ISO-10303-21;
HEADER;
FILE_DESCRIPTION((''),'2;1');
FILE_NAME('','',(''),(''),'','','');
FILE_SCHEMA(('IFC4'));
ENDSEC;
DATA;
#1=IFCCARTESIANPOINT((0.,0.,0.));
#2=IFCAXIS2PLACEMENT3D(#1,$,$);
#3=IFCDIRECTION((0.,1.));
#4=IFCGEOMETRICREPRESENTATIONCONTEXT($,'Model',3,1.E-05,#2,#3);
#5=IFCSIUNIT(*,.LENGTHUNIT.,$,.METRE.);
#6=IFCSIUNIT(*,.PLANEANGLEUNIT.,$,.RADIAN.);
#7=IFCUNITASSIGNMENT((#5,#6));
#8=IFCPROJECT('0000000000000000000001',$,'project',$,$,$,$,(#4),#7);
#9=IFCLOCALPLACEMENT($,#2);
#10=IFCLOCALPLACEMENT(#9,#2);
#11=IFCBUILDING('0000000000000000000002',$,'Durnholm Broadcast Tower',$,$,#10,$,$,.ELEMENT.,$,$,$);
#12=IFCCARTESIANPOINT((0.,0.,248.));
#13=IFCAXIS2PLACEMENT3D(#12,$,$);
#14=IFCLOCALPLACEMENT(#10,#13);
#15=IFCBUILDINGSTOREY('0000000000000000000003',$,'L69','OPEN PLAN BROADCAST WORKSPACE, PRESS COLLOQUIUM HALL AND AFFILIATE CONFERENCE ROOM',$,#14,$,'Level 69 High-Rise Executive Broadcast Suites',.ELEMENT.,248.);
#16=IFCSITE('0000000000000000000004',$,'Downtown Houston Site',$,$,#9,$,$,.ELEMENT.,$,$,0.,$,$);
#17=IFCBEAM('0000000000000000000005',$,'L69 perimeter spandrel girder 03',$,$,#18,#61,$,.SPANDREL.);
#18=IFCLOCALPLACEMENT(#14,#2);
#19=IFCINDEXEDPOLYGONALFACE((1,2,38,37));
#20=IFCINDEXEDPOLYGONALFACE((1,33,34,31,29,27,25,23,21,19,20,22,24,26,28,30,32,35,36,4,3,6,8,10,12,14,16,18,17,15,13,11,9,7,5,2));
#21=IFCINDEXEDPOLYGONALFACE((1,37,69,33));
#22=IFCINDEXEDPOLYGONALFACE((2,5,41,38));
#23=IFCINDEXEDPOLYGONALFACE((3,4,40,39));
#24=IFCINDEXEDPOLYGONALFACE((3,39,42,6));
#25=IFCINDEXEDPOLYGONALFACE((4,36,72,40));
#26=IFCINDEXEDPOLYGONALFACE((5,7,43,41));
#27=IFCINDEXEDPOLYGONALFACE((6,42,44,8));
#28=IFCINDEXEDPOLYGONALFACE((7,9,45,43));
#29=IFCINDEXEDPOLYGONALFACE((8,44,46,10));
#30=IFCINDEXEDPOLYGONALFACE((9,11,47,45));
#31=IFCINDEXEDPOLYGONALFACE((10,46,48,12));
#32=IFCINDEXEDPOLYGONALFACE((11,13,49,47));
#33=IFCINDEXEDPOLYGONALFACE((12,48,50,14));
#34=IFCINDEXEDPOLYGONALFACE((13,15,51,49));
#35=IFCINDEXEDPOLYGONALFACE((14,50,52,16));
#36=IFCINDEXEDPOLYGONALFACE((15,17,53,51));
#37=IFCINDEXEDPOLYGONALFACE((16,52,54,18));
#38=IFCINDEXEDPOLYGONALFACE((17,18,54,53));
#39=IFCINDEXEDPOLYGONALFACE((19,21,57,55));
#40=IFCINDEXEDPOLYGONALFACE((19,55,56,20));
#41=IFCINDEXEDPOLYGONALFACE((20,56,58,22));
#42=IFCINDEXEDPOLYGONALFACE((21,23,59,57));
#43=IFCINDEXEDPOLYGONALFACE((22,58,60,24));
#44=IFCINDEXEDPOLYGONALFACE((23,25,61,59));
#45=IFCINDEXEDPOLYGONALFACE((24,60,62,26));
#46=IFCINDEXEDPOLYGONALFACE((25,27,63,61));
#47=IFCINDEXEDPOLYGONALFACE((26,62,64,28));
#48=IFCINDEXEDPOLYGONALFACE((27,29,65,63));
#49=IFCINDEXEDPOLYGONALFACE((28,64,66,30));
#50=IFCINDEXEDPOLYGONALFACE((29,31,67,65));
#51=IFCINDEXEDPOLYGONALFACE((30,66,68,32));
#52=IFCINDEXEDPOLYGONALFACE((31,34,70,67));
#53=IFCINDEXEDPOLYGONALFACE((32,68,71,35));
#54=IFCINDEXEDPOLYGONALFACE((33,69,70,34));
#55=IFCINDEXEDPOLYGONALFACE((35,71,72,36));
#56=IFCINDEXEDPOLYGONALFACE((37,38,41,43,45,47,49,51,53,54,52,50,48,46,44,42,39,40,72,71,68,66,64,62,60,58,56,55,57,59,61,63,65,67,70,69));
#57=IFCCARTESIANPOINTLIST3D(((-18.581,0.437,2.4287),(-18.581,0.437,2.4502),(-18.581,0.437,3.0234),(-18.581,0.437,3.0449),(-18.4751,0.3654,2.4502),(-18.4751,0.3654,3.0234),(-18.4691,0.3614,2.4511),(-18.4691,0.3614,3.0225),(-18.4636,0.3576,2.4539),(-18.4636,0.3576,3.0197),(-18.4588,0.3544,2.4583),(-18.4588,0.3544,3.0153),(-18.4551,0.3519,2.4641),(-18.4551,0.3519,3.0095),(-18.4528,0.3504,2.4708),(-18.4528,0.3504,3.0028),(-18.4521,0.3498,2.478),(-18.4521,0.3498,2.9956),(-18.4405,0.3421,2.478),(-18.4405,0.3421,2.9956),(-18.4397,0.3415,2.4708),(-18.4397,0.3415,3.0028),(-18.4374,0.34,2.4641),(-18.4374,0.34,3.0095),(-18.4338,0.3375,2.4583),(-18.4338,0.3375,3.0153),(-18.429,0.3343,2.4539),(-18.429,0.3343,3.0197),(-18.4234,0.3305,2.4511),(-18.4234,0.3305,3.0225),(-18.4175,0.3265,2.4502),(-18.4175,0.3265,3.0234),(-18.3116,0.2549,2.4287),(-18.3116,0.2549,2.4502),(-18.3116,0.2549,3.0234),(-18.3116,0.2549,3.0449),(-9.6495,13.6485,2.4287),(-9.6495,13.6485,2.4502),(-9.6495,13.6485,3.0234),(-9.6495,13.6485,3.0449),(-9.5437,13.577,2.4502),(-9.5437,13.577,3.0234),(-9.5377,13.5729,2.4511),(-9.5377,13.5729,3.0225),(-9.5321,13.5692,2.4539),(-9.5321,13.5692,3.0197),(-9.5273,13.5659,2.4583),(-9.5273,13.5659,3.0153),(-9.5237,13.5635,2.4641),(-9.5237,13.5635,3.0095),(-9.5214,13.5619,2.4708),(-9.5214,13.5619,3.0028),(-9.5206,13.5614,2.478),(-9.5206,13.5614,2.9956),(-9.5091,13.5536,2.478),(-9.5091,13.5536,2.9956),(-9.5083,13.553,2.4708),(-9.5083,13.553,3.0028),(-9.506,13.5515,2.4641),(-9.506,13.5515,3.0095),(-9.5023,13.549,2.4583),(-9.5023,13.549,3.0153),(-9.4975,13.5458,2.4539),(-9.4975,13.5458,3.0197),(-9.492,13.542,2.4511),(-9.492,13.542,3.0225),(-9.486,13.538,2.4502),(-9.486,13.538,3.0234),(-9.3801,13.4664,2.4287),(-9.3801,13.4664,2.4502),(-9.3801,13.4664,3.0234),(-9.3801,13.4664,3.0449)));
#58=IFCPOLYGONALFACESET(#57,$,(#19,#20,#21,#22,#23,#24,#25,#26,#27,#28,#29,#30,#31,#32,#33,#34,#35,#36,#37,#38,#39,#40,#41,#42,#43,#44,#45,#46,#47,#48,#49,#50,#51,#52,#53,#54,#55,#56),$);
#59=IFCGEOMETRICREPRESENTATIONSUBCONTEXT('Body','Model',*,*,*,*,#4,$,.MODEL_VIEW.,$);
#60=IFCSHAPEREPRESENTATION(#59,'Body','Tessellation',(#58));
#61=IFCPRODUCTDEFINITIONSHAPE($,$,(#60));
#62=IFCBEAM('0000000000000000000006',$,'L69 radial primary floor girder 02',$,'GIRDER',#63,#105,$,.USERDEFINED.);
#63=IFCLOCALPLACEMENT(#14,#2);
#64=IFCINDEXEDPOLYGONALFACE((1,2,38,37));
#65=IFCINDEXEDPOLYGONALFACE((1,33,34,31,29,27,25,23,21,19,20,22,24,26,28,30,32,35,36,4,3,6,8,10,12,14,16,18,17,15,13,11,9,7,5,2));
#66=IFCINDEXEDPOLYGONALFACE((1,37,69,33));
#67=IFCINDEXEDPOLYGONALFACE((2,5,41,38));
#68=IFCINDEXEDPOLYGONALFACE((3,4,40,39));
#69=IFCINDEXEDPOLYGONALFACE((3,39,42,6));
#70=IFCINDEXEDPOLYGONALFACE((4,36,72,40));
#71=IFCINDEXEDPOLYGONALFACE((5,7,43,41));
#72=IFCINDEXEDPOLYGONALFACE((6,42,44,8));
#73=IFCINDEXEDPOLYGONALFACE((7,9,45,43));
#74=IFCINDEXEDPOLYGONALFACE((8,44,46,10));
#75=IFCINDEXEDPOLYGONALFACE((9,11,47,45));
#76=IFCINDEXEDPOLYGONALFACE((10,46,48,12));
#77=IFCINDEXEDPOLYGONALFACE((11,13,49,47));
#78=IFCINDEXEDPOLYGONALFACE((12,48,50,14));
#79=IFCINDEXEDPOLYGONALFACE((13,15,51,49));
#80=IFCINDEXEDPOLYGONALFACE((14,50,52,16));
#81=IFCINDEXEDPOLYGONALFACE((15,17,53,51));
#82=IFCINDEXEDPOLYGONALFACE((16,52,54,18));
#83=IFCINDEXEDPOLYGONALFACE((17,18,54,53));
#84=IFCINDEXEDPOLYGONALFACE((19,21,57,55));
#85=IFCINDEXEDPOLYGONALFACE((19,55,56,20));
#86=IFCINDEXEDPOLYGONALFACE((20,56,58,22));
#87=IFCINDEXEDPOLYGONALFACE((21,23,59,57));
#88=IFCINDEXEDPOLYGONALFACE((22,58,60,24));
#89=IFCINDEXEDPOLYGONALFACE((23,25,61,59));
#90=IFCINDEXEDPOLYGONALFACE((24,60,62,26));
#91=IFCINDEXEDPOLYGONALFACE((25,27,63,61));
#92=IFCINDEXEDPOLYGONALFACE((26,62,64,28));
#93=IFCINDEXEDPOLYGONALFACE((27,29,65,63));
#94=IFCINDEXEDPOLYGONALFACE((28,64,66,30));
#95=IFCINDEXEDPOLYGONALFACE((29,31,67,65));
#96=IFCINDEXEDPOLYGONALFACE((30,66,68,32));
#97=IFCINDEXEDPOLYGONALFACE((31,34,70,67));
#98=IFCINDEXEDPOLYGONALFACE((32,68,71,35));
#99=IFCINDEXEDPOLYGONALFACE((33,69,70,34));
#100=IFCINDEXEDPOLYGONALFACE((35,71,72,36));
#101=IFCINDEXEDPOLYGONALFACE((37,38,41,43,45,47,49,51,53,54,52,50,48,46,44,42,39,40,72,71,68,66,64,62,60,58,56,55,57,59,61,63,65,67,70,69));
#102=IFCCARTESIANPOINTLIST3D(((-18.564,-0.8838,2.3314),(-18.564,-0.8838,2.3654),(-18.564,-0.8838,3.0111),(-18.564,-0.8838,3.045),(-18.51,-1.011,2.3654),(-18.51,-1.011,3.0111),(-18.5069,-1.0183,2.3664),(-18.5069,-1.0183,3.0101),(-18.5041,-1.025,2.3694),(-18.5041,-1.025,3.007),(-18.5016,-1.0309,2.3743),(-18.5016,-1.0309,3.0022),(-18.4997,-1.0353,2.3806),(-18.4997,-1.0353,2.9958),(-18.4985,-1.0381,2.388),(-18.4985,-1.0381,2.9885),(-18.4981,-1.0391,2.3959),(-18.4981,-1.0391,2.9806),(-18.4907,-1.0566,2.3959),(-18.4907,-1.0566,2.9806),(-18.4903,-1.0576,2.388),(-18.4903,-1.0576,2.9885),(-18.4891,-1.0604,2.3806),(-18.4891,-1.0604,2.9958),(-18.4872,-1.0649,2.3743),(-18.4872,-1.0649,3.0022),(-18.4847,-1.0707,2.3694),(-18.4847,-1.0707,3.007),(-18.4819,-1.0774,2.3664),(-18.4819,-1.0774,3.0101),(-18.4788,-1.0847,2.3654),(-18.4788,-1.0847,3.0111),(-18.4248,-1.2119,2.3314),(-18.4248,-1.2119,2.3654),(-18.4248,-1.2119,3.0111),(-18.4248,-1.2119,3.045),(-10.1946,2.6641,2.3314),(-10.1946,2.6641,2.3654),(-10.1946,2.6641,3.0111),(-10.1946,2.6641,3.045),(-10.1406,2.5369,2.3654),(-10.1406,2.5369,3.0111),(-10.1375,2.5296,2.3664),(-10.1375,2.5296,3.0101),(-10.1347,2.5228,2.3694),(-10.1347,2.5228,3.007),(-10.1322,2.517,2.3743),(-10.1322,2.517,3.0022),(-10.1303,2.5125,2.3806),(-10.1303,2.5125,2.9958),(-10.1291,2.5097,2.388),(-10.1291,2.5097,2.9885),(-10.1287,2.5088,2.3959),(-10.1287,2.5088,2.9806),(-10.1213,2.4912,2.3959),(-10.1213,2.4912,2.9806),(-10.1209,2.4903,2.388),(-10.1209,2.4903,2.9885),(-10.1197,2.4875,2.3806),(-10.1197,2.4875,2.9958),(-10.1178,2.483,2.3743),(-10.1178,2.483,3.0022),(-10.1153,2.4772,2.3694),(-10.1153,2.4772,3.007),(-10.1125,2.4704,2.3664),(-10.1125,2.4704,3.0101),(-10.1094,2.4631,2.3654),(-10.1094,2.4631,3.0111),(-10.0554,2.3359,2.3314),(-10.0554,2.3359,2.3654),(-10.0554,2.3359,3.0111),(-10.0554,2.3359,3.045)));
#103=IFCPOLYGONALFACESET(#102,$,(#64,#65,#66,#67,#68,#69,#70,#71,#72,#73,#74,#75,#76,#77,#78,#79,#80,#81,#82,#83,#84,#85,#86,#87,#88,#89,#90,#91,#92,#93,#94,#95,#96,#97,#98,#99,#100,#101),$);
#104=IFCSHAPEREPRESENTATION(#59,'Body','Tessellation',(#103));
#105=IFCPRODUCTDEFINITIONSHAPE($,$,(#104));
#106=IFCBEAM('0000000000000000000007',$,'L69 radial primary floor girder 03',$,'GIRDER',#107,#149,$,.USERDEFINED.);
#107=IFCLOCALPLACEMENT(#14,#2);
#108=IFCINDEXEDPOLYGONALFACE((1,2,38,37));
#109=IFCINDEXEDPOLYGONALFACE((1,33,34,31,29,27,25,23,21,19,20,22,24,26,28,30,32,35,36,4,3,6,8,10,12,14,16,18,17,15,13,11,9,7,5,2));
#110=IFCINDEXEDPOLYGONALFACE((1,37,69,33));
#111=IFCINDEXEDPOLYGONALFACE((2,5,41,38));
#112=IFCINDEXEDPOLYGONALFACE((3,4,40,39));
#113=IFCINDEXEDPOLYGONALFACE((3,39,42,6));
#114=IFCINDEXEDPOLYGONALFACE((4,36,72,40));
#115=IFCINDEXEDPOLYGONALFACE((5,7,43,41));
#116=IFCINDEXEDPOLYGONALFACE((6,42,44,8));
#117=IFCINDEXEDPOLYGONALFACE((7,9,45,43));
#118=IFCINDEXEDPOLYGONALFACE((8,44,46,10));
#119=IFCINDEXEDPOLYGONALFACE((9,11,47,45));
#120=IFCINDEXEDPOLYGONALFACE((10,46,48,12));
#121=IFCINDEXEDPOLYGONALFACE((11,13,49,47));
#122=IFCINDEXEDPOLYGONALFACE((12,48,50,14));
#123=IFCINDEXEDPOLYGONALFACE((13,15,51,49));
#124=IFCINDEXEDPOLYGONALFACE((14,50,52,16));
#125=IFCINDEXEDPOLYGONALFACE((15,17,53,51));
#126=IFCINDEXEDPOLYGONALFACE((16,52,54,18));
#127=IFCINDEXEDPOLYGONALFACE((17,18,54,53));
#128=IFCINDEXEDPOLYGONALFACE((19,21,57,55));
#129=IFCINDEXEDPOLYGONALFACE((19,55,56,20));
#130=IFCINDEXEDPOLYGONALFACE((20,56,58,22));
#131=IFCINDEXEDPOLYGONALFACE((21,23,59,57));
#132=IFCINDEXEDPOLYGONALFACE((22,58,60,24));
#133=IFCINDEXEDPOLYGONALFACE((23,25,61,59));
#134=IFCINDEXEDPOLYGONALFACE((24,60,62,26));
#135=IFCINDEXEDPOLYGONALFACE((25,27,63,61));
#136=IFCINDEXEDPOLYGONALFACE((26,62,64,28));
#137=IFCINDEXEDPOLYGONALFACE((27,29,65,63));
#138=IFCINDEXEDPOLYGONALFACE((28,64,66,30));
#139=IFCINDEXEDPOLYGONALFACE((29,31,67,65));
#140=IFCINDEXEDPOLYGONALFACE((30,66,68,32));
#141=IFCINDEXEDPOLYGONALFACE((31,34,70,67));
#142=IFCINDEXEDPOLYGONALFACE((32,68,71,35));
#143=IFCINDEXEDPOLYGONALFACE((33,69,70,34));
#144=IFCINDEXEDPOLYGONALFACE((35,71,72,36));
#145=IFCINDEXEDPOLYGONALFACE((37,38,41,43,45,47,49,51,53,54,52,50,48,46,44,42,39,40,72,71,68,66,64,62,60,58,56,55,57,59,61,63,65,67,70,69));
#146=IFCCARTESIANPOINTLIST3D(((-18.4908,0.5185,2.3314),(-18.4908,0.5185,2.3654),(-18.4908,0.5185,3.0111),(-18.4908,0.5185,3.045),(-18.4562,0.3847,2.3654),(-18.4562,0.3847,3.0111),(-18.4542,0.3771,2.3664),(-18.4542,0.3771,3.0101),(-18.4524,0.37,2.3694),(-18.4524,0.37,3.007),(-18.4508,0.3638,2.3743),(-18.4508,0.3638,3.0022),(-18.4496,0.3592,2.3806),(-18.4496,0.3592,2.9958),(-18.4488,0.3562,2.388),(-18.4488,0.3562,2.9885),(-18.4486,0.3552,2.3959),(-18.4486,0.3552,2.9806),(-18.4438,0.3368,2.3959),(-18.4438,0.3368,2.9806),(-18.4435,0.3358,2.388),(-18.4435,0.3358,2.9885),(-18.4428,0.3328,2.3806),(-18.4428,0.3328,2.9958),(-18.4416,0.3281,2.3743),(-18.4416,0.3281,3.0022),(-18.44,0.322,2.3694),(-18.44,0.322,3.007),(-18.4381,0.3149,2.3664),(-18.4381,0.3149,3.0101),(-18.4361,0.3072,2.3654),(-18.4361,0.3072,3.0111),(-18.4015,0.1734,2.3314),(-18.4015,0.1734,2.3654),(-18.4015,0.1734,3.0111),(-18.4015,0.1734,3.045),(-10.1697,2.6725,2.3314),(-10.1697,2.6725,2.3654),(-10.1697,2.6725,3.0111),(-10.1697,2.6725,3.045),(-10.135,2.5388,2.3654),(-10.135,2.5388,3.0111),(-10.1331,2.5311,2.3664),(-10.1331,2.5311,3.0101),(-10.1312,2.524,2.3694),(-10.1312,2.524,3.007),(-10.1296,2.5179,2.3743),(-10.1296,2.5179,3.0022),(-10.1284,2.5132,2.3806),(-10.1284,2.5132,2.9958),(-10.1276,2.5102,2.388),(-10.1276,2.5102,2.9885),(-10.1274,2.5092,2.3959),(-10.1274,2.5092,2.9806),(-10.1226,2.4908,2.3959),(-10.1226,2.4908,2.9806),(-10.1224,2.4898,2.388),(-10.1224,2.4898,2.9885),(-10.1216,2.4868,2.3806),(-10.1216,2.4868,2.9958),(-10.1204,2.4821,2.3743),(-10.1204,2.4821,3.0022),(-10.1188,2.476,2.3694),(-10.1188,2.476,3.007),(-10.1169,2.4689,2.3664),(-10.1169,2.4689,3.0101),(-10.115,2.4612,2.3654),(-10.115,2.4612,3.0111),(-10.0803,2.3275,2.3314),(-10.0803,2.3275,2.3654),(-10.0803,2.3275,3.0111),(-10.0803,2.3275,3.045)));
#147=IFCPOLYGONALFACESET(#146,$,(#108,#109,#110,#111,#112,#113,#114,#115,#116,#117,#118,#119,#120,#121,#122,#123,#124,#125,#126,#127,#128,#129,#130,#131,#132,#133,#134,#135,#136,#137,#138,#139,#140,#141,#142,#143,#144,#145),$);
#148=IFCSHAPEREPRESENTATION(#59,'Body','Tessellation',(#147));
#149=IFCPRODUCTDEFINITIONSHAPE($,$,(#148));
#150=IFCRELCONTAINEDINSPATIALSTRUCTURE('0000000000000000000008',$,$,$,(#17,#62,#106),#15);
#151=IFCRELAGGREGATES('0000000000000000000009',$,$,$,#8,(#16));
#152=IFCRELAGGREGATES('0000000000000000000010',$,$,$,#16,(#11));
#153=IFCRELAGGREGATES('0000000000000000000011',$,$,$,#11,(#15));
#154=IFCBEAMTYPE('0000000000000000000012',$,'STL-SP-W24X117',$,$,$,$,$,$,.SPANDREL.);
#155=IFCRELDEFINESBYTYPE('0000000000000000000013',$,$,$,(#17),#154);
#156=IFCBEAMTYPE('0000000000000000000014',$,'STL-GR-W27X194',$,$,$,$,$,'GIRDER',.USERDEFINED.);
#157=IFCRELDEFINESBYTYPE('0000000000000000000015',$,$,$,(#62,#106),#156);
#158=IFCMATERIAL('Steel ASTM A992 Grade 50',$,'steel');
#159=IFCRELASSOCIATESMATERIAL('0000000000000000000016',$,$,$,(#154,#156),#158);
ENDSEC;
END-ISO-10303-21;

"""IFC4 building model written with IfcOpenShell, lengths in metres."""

from ifc_helpers import new_model, si_unit, direction, frame, origin, origin_2d, place, context, subcontext, project, spatial, i_section, extrude, source, transform, mapped, material, material_profile, profile_set, type_object, type_shapes, element, save


model = new_model("IFC4")

# Units and contexts
model_context = context("Model", 3, precision=1e-05, world=origin(), true_north=direction((0.0, 1.0)))
body_context = subcontext(model_context, "Body", "Model", "MODEL_VIEW")
ifc_project = project(units=[si_unit("LENGTHUNIT", "METRE"), si_unit("PLANEANGLEUNIT", "RADIAN")], contexts=[model_context])

# Site, building, storey
site_placement = place(None, origin())
site = spatial("IfcSite", under=ifc_project, at=site_placement, Name="Downtown Houston Site", CompositionType="ELEMENT", RefElevation=0.0)
building_placement = place(site_placement, origin())
building = spatial("IfcBuilding", under=site, at=building_placement, Name="Durnholm Broadcast Tower", CompositionType="ELEMENT")
storey_placement = place(building_placement, frame((0.0, 0.0, 248.0)))
storey = spatial("IfcBuildingStorey", under=building, at=storey_placement, Name="L69", Description="OPEN PLAN BROADCAST WORKSPACE, PRESS COLLOQUIUM HALL AND AFFILIATE CONFERENCE ROOM", LongName="Level 69 High-Rise Executive Broadcast Suites", CompositionType="ELEMENT", Elevation=248.0)

# Beams
ifc_material_1 = material(Name="Steel ASTM A992 Grade 50", Category="steel")
ifc_material_profile_1 = material_profile(ifc_material_1, i_section(OverallWidth=0.3252, OverallDepth=0.6162, WebThickness=0.0139, FlangeThickness=0.0215, FilletRadius=0.0278, at=origin_2d()), Name="W24X117")
ifc_profile_set_1 = profile_set([ifc_material_profile_1], Name="Steel ASTM A992 Grade 50")
beam_type_1 = type_object("IfcBeamType", Name="STL-SP-W24X117", PredefinedType="SPANDREL", material=ifc_profile_set_1)
shared_shape_1 = source(origin(), body_context, "Body", "SweptSolid", [
    extrude(i_section(OverallWidth=0.3252, OverallDepth=0.6162, WebThickness=0.0139, FlangeThickness=0.0215, FilletRadius=0.0278, at=origin_2d()), origin(), (0.0, 0.0, 1.0), 15.9473),
])
beam_1_placement = place(storey_placement, frame((-18.4463, 0.3459, 2.7368), z_axis=(0.560062, 0.828451, 0.0), x_axis=(-0.828451, 0.560062, 0.0)))
element("IfcBeam", 1, at=beam_1_placement, inside=storey, type_object=beam_type_1, Name="L69 perimeter spandrel girder 03", PredefinedType="SPANDREL", context=body_context, shape_type="MappedRepresentation", body=[
    mapped(shared_shape_1, transform((0.0, 0.0, 0.0), x_axis=(1.0, 0.0, 0.0), y_axis=(0.0, 1.0, 0.0), z_axis=(0.0, 0.0, 1.0), scale=1.0)),
])
ifc_material_profile_2 = material_profile(ifc_material_1, i_section(OverallWidth=0.3564, OverallDepth=0.7136, WebThickness=0.019, FlangeThickness=0.0339, FilletRadius=0.0305, at=origin_2d()), Name="W27X194")
ifc_profile_set_2 = profile_set([ifc_material_profile_2], Name="Steel ASTM A992 Grade 50")
beam_type_2 = type_object("IfcBeamType", Name="STL-GR-W27X194", ElementType="GIRDER", PredefinedType="USERDEFINED", material=ifc_profile_set_2)
shared_shape_2 = source(origin(), body_context, "Body", "SweptSolid", [
    extrude(i_section(OverallWidth=0.3564, OverallDepth=0.7136, WebThickness=0.019, FlangeThickness=0.0339, FilletRadius=0.0305, at=origin_2d()), origin(), (0.0, 0.0, 1.0), 9.0903),
])
beam_2_placement = place(storey_placement, frame((-10.125, 2.5, 2.6882), z_axis=(-0.920692, -0.390289, 0.0), x_axis=(0.390289, -0.920692, 0.0)))
element("IfcBeam", 2, at=beam_2_placement, inside=storey, type_object=beam_type_2, Name="L69 radial primary floor girder 02", ObjectType="GIRDER", PredefinedType="USERDEFINED", context=body_context, shape_type="MappedRepresentation", body=[
    mapped(shared_shape_2, transform((0.0, 0.0, 0.0), x_axis=(1.0, 0.0, 0.0), y_axis=(0.0, 1.0, 0.0), z_axis=(0.0, 0.0, 1.0), scale=1.0)),
])
shared_shape_3 = source(origin(), body_context, "Body", "SweptSolid", [
    extrude(i_section(OverallWidth=0.3564, OverallDepth=0.7136, WebThickness=0.019, FlangeThickness=0.0339, FilletRadius=0.0305, at=origin_2d()), origin(), (0.0, 0.0, 1.0), 8.5955),
])
type_shapes(beam_type_2, [shared_shape_2, shared_shape_3])
beam_3_placement = place(storey_placement, frame((-10.125, 2.5, 2.6882), z_axis=(-0.968091, -0.2506, 0.0), x_axis=(0.2506, -0.968091, 0.0)))
element("IfcBeam", 3, at=beam_3_placement, inside=storey, type_object=beam_type_2, Name="L69 radial primary floor girder 03", ObjectType="GIRDER", PredefinedType="USERDEFINED", context=body_context, shape_type="MappedRepresentation", body=[
    mapped(shared_shape_3, transform((0.0, 0.0, 0.0), x_axis=(1.0, 0.0, 0.0), y_axis=(0.0, 1.0, 0.0), z_axis=(0.0, 0.0, 1.0), scale=1.0)),
])

save(model, "model.ifc")
